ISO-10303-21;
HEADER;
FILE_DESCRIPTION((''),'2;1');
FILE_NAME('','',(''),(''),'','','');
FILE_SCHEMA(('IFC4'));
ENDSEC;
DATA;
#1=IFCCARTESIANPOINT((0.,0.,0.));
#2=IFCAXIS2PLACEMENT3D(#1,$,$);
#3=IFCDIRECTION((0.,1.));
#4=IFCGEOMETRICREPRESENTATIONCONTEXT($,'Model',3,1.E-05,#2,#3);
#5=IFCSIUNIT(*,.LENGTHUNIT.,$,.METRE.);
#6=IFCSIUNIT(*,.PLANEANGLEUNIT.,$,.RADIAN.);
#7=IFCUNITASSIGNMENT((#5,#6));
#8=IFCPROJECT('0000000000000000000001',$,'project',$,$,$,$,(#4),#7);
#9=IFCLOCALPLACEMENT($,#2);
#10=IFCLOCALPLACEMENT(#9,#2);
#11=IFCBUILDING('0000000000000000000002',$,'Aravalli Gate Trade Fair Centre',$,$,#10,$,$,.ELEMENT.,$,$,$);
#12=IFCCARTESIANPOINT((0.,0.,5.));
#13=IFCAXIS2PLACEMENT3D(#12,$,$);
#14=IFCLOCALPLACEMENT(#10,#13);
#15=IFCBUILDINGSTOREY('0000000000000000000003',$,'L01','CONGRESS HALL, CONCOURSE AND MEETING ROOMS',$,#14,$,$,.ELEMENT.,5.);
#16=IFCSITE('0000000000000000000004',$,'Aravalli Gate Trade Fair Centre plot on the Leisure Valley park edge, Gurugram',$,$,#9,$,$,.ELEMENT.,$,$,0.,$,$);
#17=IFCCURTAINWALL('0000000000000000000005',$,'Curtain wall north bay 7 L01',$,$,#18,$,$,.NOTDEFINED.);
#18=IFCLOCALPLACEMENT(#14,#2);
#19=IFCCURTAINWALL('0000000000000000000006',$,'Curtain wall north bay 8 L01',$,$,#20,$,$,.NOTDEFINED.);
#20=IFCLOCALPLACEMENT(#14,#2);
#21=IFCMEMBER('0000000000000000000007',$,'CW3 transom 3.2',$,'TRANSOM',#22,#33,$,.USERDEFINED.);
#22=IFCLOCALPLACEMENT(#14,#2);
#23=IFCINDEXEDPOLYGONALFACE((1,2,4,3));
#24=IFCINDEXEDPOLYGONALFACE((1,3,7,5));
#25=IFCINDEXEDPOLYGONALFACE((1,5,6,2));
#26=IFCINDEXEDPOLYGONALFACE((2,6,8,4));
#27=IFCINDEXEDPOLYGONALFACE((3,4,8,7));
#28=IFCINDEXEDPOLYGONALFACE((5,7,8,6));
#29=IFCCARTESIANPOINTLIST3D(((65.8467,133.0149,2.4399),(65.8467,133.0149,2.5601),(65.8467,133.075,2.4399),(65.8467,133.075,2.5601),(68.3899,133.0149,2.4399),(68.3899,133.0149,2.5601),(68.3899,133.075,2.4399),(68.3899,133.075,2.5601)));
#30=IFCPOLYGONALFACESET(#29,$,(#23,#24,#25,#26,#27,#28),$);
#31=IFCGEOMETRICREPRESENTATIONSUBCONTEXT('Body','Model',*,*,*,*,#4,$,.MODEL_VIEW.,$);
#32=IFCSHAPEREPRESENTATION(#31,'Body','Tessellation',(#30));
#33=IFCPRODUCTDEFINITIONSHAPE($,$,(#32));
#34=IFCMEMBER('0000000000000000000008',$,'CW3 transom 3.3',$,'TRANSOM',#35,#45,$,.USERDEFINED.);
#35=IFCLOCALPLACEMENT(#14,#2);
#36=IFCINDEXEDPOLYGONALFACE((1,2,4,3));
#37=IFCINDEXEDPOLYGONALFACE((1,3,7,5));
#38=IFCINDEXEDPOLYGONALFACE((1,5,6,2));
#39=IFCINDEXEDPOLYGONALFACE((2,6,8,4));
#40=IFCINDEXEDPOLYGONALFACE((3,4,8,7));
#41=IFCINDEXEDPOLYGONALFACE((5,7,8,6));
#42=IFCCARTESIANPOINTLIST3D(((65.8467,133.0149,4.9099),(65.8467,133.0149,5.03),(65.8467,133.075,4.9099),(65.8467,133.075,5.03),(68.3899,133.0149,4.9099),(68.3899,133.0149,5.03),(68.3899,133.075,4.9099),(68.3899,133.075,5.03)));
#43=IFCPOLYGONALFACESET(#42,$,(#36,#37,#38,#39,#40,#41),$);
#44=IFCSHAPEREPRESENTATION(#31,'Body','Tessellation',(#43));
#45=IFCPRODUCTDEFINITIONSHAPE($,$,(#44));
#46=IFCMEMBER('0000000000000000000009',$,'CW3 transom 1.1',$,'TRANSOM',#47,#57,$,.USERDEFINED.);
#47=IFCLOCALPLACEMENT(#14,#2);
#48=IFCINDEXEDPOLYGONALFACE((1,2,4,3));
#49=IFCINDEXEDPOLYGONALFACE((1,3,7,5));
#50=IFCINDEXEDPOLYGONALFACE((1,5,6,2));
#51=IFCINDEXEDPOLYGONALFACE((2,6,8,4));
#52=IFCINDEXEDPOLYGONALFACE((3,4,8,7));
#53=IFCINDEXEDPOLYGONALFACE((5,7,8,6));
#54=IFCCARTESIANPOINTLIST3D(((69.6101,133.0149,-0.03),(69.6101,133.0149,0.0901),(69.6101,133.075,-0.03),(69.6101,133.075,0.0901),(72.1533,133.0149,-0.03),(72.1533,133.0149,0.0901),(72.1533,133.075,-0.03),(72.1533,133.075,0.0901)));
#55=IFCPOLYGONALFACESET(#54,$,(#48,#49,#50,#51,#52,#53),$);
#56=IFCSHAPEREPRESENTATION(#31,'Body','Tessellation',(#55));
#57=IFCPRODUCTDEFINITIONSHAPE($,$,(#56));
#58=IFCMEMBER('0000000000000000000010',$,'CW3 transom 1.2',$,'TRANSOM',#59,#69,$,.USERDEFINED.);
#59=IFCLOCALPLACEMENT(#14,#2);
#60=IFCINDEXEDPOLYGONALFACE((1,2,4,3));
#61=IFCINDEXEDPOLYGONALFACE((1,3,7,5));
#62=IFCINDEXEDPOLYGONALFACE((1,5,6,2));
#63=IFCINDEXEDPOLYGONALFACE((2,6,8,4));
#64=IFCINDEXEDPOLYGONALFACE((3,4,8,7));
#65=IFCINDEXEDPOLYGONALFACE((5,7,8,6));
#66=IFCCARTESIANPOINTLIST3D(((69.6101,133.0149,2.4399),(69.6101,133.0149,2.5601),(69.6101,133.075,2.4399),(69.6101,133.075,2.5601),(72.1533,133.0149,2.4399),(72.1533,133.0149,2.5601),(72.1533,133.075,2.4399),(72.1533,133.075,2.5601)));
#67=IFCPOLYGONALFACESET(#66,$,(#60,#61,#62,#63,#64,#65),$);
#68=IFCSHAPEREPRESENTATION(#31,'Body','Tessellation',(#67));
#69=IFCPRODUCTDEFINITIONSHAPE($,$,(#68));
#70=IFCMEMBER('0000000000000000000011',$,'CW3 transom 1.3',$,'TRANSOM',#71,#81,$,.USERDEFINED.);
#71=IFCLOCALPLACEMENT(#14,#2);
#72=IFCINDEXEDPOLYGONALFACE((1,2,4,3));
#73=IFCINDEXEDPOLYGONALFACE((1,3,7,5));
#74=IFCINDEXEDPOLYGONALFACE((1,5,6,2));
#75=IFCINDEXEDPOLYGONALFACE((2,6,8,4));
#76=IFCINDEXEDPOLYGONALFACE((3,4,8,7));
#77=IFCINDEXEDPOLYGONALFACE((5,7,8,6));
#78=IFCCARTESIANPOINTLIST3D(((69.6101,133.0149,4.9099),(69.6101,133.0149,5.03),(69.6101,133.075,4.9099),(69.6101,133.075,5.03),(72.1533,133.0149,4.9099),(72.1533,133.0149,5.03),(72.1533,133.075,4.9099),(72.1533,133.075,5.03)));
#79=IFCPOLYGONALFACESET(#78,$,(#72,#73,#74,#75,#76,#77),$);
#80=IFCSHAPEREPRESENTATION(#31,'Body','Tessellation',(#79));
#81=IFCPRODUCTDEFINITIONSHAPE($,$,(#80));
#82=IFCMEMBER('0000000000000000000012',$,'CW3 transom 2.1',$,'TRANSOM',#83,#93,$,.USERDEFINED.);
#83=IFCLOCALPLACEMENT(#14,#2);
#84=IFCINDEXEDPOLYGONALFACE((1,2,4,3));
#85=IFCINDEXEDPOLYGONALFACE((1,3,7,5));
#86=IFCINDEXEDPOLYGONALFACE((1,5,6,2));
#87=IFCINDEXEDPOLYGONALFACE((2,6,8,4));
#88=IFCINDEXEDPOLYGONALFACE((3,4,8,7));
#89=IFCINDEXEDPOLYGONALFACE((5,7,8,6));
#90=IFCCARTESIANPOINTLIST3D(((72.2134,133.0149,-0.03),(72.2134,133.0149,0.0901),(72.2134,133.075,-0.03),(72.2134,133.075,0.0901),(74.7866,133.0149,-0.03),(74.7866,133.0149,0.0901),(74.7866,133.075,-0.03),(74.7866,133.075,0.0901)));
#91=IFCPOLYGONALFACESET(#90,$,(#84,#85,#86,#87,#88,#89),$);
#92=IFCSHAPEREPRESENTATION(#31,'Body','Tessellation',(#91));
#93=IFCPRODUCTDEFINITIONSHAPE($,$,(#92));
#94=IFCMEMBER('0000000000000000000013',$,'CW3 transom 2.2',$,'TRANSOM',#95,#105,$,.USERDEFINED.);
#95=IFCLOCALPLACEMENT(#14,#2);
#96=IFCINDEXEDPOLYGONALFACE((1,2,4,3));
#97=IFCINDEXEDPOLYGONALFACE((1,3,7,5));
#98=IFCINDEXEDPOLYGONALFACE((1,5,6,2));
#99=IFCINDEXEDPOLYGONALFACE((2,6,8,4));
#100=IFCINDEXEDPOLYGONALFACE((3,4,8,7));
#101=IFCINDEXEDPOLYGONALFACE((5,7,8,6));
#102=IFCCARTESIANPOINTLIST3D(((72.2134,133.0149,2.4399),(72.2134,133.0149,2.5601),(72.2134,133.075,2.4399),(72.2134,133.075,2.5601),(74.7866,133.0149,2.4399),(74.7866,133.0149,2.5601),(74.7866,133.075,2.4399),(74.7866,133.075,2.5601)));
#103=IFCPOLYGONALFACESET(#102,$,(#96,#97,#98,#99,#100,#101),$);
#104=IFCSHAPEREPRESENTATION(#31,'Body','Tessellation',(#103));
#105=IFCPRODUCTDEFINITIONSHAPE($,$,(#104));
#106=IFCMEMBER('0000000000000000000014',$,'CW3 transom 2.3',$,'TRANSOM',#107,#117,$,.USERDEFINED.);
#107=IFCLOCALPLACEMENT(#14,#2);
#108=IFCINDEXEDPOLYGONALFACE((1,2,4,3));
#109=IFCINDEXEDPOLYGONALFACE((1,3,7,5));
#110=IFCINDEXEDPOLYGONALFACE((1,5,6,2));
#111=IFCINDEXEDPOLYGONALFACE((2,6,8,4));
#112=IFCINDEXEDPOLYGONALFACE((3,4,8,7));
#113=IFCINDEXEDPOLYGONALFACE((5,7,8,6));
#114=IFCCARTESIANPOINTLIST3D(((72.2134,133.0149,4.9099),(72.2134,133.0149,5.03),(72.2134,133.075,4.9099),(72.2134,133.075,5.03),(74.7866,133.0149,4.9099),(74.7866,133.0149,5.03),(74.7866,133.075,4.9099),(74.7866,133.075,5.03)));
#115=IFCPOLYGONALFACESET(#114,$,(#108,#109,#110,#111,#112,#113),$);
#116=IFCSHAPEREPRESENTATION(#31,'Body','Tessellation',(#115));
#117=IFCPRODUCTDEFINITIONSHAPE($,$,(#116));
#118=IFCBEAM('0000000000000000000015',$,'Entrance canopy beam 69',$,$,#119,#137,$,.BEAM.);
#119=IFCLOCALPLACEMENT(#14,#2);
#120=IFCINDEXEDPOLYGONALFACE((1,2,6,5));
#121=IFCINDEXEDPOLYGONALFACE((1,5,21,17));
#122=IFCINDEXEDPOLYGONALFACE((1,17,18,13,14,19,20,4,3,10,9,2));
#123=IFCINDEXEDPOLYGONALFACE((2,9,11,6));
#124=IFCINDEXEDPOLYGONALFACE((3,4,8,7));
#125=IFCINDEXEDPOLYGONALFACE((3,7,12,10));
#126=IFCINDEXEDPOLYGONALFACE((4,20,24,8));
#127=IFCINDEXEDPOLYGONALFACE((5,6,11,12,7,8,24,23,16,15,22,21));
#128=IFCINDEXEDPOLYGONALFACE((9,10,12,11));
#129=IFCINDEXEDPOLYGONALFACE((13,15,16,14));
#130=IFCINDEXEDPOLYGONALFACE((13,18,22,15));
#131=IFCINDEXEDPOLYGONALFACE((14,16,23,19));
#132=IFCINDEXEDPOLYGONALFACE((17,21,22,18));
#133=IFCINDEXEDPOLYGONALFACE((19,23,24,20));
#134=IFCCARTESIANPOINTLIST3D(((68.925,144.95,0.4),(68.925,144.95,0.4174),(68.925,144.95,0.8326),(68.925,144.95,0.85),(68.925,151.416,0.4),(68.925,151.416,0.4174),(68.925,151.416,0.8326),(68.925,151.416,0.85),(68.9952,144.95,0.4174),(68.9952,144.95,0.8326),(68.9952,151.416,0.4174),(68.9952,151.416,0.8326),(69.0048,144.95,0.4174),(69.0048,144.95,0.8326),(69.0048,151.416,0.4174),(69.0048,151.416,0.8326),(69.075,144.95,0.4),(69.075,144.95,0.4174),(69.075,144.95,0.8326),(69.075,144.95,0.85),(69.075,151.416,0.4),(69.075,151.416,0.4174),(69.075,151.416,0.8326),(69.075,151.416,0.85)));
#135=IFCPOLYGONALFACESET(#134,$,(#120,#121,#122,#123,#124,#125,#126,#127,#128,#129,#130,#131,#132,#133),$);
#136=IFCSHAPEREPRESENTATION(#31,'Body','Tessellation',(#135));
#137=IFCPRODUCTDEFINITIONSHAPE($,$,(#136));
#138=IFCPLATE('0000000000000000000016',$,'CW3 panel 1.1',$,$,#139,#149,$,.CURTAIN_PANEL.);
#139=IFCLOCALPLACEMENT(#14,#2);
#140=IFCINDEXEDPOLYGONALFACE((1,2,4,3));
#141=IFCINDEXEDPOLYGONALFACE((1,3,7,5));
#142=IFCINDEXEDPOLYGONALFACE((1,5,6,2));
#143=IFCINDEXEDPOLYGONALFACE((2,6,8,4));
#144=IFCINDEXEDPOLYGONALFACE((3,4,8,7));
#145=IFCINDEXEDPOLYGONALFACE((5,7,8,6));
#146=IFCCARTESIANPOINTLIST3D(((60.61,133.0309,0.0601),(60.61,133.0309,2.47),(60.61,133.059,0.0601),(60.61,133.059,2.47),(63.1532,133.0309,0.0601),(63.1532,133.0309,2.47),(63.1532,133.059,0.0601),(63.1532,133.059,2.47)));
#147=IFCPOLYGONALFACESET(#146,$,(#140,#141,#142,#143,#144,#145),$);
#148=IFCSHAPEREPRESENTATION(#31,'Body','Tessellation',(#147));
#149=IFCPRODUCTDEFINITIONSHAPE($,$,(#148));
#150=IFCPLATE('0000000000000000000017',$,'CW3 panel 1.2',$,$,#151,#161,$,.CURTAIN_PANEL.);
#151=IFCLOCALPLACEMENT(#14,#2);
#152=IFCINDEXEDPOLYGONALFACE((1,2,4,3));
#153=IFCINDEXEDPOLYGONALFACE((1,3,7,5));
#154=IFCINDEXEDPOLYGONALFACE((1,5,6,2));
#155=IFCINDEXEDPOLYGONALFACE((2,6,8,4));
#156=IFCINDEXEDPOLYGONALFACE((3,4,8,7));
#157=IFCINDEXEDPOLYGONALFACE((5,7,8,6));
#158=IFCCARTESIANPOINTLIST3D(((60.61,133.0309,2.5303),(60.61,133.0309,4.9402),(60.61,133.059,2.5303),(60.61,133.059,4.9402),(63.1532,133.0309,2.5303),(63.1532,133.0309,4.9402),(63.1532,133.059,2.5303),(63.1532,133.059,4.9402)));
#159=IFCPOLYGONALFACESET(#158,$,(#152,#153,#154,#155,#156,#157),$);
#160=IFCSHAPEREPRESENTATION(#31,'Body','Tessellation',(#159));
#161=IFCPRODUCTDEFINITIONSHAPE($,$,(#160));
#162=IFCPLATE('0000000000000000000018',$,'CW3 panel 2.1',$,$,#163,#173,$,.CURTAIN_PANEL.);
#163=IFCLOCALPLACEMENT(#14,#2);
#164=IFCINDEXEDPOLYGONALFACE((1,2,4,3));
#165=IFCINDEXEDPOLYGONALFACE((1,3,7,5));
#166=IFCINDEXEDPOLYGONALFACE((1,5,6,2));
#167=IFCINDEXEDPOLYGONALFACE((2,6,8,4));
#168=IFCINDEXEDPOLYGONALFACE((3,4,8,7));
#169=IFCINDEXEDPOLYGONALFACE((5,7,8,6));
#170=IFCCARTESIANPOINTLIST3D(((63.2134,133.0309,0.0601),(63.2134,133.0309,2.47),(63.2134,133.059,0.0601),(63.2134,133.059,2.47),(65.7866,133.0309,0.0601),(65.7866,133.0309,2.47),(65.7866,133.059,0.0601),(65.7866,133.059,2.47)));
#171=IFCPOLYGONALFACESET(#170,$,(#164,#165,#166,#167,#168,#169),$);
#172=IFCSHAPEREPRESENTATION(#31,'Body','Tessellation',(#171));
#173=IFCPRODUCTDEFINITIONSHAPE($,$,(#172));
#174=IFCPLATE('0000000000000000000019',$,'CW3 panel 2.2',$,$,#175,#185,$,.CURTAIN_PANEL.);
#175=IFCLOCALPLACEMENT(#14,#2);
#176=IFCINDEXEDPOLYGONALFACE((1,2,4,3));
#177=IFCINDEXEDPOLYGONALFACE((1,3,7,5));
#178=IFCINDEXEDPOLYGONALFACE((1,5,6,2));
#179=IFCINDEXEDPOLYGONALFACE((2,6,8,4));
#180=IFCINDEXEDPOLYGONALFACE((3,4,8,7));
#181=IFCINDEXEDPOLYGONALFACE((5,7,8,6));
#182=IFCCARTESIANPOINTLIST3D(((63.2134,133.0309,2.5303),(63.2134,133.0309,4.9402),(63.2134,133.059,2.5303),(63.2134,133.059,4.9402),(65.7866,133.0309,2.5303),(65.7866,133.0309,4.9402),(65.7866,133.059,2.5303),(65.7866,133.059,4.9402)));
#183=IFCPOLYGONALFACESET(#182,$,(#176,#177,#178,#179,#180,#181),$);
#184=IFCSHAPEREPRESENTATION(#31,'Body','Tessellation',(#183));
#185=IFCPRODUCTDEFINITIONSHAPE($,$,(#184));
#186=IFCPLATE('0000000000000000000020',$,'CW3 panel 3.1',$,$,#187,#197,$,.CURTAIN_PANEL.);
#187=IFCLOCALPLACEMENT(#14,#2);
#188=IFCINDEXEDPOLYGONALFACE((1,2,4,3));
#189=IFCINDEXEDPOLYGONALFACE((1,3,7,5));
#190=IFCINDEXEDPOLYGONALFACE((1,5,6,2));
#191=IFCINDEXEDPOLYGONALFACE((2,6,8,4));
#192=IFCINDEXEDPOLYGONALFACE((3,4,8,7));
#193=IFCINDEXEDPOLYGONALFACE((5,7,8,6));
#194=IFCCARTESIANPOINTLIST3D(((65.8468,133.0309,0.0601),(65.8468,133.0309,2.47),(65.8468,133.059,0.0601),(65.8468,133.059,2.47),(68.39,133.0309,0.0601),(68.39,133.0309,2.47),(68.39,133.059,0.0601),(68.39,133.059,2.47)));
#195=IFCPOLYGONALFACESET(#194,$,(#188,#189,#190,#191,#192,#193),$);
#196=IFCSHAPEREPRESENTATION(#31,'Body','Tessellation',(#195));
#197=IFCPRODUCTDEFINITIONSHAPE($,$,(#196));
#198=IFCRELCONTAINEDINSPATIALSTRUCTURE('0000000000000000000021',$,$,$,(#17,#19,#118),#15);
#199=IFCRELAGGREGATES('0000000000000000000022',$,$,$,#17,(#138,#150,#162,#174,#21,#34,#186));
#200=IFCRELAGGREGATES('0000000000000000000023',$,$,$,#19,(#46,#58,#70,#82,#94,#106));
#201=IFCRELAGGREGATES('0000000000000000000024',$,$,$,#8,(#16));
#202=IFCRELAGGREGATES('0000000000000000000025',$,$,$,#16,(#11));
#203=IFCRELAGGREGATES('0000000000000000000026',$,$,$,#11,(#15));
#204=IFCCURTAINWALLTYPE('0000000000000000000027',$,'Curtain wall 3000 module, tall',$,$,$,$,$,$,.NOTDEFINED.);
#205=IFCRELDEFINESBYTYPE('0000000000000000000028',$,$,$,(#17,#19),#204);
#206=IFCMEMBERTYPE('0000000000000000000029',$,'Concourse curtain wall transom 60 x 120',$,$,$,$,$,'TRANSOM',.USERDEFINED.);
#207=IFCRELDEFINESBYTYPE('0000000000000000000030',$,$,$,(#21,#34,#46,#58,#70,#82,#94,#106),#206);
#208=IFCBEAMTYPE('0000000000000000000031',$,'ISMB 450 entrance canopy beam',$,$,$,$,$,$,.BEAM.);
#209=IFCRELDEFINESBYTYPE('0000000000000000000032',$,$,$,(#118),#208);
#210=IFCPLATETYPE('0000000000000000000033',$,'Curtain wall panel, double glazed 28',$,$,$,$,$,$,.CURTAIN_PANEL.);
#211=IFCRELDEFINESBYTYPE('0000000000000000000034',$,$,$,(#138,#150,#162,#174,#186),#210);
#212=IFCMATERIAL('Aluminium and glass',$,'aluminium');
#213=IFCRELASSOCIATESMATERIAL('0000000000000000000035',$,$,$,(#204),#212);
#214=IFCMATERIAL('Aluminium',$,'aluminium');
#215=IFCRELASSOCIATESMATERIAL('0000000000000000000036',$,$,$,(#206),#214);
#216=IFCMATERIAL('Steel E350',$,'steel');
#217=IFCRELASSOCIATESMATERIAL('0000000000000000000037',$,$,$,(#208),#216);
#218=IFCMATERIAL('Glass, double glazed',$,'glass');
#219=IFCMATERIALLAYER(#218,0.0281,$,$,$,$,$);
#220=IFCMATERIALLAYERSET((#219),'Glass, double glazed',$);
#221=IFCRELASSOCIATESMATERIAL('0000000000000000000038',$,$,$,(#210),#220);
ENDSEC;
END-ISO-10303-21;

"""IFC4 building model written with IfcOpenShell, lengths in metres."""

from ifc_helpers import new_model, si_unit, direction, frame, origin, origin_2d, place, context, subcontext, project, spatial, rectangle, i_section, extrude, material, layer, layer_set, material_profile, profile_set, type_object, element, aggregate, save


model = new_model("IFC4")

# Units and contexts
model_context = context("Model", 3, precision=1e-05, world=origin(), true_north=direction((0.0, 1.0)))
body_context = subcontext(model_context, "Body", "Model", "MODEL_VIEW")
ifc_project = project(units=[si_unit("LENGTHUNIT", "METRE"), si_unit("PLANEANGLEUNIT", "RADIAN")], contexts=[model_context])

# Site, building, storey
site_placement = place(None, origin())
site = spatial("IfcSite", under=ifc_project, at=site_placement, Name="Aravalli Gate Trade Fair Centre plot on the Leisure Valley park edge, Gurugram", CompositionType="ELEMENT", RefElevation=0.0)
building_placement = place(site_placement, origin())
building = spatial("IfcBuilding", under=site, at=building_placement, Name="Aravalli Gate Trade Fair Centre", CompositionType="ELEMENT")
storey_placement = place(building_placement, frame((0.0, 0.0, 5.0)))
storey = spatial("IfcBuildingStorey", under=building, at=storey_placement, Name="L01", Description="CONGRESS HALL, CONCOURSE AND MEETING ROOMS", CompositionType="ELEMENT", Elevation=5.0)

# Curtain walls
ifc_material_1 = material(Name="Aluminium and glass", Category="aluminium")
curtain_wall_type = type_object("IfcCurtainWallType", Name="Curtain wall 3000 module, tall", PredefinedType="NOTDEFINED", material=ifc_material_1)
curtain_wall_1_placement = place(storey_placement, origin())
curtain_wall_1 = element("IfcCurtainWall", 1, at=curtain_wall_1_placement, inside=storey, type_object=curtain_wall_type, Name="Curtain wall north bay 7 L01", PredefinedType="NOTDEFINED")
ifc_material_2 = material(Name="Aluminium", Category="aluminium")
curtain_wall_2_placement = place(storey_placement, origin())
curtain_wall_2 = element("IfcCurtainWall", 2, at=curtain_wall_2_placement, inside=storey, type_object=curtain_wall_type, Name="Curtain wall north bay 8 L01", PredefinedType="NOTDEFINED")

# Members
ifc_material_profile_1 = material_profile(ifc_material_2, rectangle(XDim=0.0601, YDim=0.1201, at=origin_2d()), Name="Concourse curtain wall transom 60 x 120")
ifc_profile_set_1 = profile_set([ifc_material_profile_1], Name="Aluminium")
member_type_1 = type_object("IfcMemberType", Name="Concourse curtain wall transom 60 x 120", ElementType="TRANSOM", PredefinedType="USERDEFINED", material=ifc_profile_set_1)
member_1_placement = place(storey_placement, frame((65.8467, 133.0449, 2.5), z_axis=(1.0, 0.0, 0.0), x_axis=(0.0, 1.0, 0.0)))
member_1 = element("IfcMember", 3, at=member_1_placement, type_object=member_type_1, Name="CW3 transom 3.2", ObjectType="TRANSOM", PredefinedType="USERDEFINED", context=body_context, shape_type="SweptSolid", body=[
    extrude(rectangle(XDim=0.0601, YDim=0.1201, at=origin_2d()), origin(), (0.0, 0.0, 1.0), 2.5432),
])
member_2_placement = place(storey_placement, frame((65.8467, 133.0449, 4.97), z_axis=(1.0, 0.0, 0.0), x_axis=(0.0, 1.0, 0.0)))
member_2 = element("IfcMember", 4, at=member_2_placement, type_object=member_type_1, Name="CW3 transom 3.3", ObjectType="TRANSOM", PredefinedType="USERDEFINED", context=body_context, shape_type="SweptSolid", body=[
    extrude(rectangle(XDim=0.0601, YDim=0.1201, at=origin_2d()), origin(), (0.0, 0.0, 1.0), 2.5432),
])
member_3_placement = place(storey_placement, frame((69.6101, 133.0449, 0.03), z_axis=(1.0, 0.0, 0.0), x_axis=(0.0, 1.0, 0.0)))
member_3 = element("IfcMember", 5, at=member_3_placement, type_object=member_type_1, Name="CW3 transom 1.1", ObjectType="TRANSOM", PredefinedType="USERDEFINED", context=body_context, shape_type="SweptSolid", body=[
    extrude(rectangle(XDim=0.0601, YDim=0.1201, at=origin_2d()), origin(), (0.0, 0.0, 1.0), 2.5432),
])
member_4_placement = place(storey_placement, frame((69.6101, 133.0449, 2.5), z_axis=(1.0, 0.0, 0.0), x_axis=(0.0, 1.0, 0.0)))
member_4 = element("IfcMember", 6, at=member_4_placement, type_object=member_type_1, Name="CW3 transom 1.2", ObjectType="TRANSOM", PredefinedType="USERDEFINED", context=body_context, shape_type="SweptSolid", body=[
    extrude(rectangle(XDim=0.0601, YDim=0.1201, at=origin_2d()), origin(), (0.0, 0.0, 1.0), 2.5432),
])
member_5_placement = place(storey_placement, frame((69.6101, 133.0449, 4.97), z_axis=(1.0, 0.0, 0.0), x_axis=(0.0, 1.0, 0.0)))
member_5 = element("IfcMember", 7, at=member_5_placement, type_object=member_type_1, Name="CW3 transom 1.3", ObjectType="TRANSOM", PredefinedType="USERDEFINED", context=body_context, shape_type="SweptSolid", body=[
    extrude(rectangle(XDim=0.0601, YDim=0.1201, at=origin_2d()), origin(), (0.0, 0.0, 1.0), 2.5432),
])
member_6_placement = place(storey_placement, frame((72.2134, 133.0449, 0.03), z_axis=(1.0, 0.0, 0.0), x_axis=(0.0, 1.0, 0.0)))
member_6 = element("IfcMember", 8, at=member_6_placement, type_object=member_type_1, Name="CW3 transom 2.1", ObjectType="TRANSOM", PredefinedType="USERDEFINED", context=body_context, shape_type="SweptSolid", body=[
    extrude(rectangle(XDim=0.0601, YDim=0.1201, at=origin_2d()), origin(), (0.0, 0.0, 1.0), 2.5732),
])
member_7_placement = place(storey_placement, frame((72.2134, 133.0449, 2.5), z_axis=(1.0, 0.0, 0.0), x_axis=(0.0, 1.0, 0.0)))
member_7 = element("IfcMember", 9, at=member_7_placement, type_object=member_type_1, Name="CW3 transom 2.2", ObjectType="TRANSOM", PredefinedType="USERDEFINED", context=body_context, shape_type="SweptSolid", body=[
    extrude(rectangle(XDim=0.0601, YDim=0.1201, at=origin_2d()), origin(), (0.0, 0.0, 1.0), 2.5732),
])
member_8_placement = place(storey_placement, frame((72.2134, 133.0449, 4.97), z_axis=(1.0, 0.0, 0.0), x_axis=(0.0, 1.0, 0.0)))
member_8 = element("IfcMember", 10, at=member_8_placement, type_object=member_type_1, Name="CW3 transom 2.3", ObjectType="TRANSOM", PredefinedType="USERDEFINED", context=body_context, shape_type="SweptSolid", body=[
    extrude(rectangle(XDim=0.0601, YDim=0.1201, at=origin_2d()), origin(), (0.0, 0.0, 1.0), 2.5732),
])

# Beam
ifc_material_3 = material(Name="Steel E350", Category="steel")
ifc_material_profile_2 = material_profile(ifc_material_3, i_section(OverallWidth=0.1499, OverallDepth=0.45, WebThickness=0.0095, FlangeThickness=0.0173, at=origin_2d()), Name="ISMB 450")
ifc_profile_set_2 = profile_set([ifc_material_profile_2], Name="Steel E350")
beam_type = type_object("IfcBeamType", Name="ISMB 450 entrance canopy beam", PredefinedType="BEAM", material=ifc_profile_set_2)
beam_placement = place(storey_placement, frame((69.0, 144.95, 0.625), z_axis=(0.0, 1.0, 0.0), x_axis=(-1.0, 0.0, 0.0)))
element("IfcBeam", 11, at=beam_placement, inside=storey, type_object=beam_type, Name="Entrance canopy beam 69", PredefinedType="BEAM", context=body_context, shape_type="SweptSolid", body=[
    extrude(i_section(OverallWidth=0.1499, OverallDepth=0.45, WebThickness=0.0095, FlangeThickness=0.0173, at=origin_2d()), origin(), (0.0, 0.0, 1.0), 6.4661),
])

# Plates
ifc_material_4 = material(Name="Glass, double glazed", Category="glass")
ifc_layer_1 = layer(ifc_material_4, 0.0281)
ifc_layer_set_1 = layer_set([ifc_layer_1], Name="Glass, double glazed")
plate_type = type_object("IfcPlateType", Name="Curtain wall panel, double glazed 28", PredefinedType="CURTAIN_PANEL", material=ifc_layer_set_1)
plate_1_placement = place(storey_placement, frame((61.8816, 133.0449, 0.0601), z_axis=(0.0, 0.0, 1.0), x_axis=(1.0, 0.0, 0.0)))
plate_1 = element("IfcPlate", 12, at=plate_1_placement, type_object=plate_type, Name="CW3 panel 1.1", PredefinedType="CURTAIN_PANEL", context=body_context, shape_type="SweptSolid", body=[
    extrude(rectangle(XDim=2.5432, YDim=0.0281, at=origin_2d()), origin(), (0.0, 0.0, 1.0), 2.4099),
])
plate_2_placement = place(storey_placement, frame((61.8816, 133.0449, 2.5303), z_axis=(0.0, 0.0, 1.0), x_axis=(1.0, 0.0, 0.0)))
plate_2 = element("IfcPlate", 13, at=plate_2_placement, type_object=plate_type, Name="CW3 panel 1.2", PredefinedType="CURTAIN_PANEL", context=body_context, shape_type="SweptSolid", body=[
    extrude(rectangle(XDim=2.5432, YDim=0.0281, at=origin_2d()), origin(), (0.0, 0.0, 1.0), 2.4099),
])
plate_3_placement = place(storey_placement, frame((64.5, 133.0449, 0.0601), z_axis=(0.0, 0.0, 1.0), x_axis=(1.0, 0.0, 0.0)))
plate_3 = element("IfcPlate", 14, at=plate_3_placement, type_object=plate_type, Name="CW3 panel 2.1", PredefinedType="CURTAIN_PANEL", context=body_context, shape_type="SweptSolid", body=[
    extrude(rectangle(XDim=2.5732, YDim=0.0281, at=origin_2d()), origin(), (0.0, 0.0, 1.0), 2.4099),
])
plate_4_placement = place(storey_placement, frame((64.5, 133.0449, 2.5303), z_axis=(0.0, 0.0, 1.0), x_axis=(1.0, 0.0, 0.0)))
plate_4 = element("IfcPlate", 15, at=plate_4_placement, type_object=plate_type, Name="CW3 panel 2.2", PredefinedType="CURTAIN_PANEL", context=body_context, shape_type="SweptSolid", body=[
    extrude(rectangle(XDim=2.5732, YDim=0.0281, at=origin_2d()), origin(), (0.0, 0.0, 1.0), 2.4099),
])
plate_5_placement = place(storey_placement, frame((67.1184, 133.0449, 0.0601), z_axis=(0.0, 0.0, 1.0), x_axis=(1.0, 0.0, 0.0)))
plate_5 = element("IfcPlate", 16, at=plate_5_placement, type_object=plate_type, Name="CW3 panel 3.1", PredefinedType="CURTAIN_PANEL", context=body_context, shape_type="SweptSolid", body=[
    extrude(rectangle(XDim=2.5432, YDim=0.0281, at=origin_2d()), origin(), (0.0, 0.0, 1.0), 2.4099),
])
aggregate(curtain_wall_1, [plate_1, plate_2, plate_3, plate_4, member_1, member_2, plate_5])
aggregate(curtain_wall_2, [member_3, member_4, member_5, member_6, member_7, member_8])

save(model, "model.ifc")
